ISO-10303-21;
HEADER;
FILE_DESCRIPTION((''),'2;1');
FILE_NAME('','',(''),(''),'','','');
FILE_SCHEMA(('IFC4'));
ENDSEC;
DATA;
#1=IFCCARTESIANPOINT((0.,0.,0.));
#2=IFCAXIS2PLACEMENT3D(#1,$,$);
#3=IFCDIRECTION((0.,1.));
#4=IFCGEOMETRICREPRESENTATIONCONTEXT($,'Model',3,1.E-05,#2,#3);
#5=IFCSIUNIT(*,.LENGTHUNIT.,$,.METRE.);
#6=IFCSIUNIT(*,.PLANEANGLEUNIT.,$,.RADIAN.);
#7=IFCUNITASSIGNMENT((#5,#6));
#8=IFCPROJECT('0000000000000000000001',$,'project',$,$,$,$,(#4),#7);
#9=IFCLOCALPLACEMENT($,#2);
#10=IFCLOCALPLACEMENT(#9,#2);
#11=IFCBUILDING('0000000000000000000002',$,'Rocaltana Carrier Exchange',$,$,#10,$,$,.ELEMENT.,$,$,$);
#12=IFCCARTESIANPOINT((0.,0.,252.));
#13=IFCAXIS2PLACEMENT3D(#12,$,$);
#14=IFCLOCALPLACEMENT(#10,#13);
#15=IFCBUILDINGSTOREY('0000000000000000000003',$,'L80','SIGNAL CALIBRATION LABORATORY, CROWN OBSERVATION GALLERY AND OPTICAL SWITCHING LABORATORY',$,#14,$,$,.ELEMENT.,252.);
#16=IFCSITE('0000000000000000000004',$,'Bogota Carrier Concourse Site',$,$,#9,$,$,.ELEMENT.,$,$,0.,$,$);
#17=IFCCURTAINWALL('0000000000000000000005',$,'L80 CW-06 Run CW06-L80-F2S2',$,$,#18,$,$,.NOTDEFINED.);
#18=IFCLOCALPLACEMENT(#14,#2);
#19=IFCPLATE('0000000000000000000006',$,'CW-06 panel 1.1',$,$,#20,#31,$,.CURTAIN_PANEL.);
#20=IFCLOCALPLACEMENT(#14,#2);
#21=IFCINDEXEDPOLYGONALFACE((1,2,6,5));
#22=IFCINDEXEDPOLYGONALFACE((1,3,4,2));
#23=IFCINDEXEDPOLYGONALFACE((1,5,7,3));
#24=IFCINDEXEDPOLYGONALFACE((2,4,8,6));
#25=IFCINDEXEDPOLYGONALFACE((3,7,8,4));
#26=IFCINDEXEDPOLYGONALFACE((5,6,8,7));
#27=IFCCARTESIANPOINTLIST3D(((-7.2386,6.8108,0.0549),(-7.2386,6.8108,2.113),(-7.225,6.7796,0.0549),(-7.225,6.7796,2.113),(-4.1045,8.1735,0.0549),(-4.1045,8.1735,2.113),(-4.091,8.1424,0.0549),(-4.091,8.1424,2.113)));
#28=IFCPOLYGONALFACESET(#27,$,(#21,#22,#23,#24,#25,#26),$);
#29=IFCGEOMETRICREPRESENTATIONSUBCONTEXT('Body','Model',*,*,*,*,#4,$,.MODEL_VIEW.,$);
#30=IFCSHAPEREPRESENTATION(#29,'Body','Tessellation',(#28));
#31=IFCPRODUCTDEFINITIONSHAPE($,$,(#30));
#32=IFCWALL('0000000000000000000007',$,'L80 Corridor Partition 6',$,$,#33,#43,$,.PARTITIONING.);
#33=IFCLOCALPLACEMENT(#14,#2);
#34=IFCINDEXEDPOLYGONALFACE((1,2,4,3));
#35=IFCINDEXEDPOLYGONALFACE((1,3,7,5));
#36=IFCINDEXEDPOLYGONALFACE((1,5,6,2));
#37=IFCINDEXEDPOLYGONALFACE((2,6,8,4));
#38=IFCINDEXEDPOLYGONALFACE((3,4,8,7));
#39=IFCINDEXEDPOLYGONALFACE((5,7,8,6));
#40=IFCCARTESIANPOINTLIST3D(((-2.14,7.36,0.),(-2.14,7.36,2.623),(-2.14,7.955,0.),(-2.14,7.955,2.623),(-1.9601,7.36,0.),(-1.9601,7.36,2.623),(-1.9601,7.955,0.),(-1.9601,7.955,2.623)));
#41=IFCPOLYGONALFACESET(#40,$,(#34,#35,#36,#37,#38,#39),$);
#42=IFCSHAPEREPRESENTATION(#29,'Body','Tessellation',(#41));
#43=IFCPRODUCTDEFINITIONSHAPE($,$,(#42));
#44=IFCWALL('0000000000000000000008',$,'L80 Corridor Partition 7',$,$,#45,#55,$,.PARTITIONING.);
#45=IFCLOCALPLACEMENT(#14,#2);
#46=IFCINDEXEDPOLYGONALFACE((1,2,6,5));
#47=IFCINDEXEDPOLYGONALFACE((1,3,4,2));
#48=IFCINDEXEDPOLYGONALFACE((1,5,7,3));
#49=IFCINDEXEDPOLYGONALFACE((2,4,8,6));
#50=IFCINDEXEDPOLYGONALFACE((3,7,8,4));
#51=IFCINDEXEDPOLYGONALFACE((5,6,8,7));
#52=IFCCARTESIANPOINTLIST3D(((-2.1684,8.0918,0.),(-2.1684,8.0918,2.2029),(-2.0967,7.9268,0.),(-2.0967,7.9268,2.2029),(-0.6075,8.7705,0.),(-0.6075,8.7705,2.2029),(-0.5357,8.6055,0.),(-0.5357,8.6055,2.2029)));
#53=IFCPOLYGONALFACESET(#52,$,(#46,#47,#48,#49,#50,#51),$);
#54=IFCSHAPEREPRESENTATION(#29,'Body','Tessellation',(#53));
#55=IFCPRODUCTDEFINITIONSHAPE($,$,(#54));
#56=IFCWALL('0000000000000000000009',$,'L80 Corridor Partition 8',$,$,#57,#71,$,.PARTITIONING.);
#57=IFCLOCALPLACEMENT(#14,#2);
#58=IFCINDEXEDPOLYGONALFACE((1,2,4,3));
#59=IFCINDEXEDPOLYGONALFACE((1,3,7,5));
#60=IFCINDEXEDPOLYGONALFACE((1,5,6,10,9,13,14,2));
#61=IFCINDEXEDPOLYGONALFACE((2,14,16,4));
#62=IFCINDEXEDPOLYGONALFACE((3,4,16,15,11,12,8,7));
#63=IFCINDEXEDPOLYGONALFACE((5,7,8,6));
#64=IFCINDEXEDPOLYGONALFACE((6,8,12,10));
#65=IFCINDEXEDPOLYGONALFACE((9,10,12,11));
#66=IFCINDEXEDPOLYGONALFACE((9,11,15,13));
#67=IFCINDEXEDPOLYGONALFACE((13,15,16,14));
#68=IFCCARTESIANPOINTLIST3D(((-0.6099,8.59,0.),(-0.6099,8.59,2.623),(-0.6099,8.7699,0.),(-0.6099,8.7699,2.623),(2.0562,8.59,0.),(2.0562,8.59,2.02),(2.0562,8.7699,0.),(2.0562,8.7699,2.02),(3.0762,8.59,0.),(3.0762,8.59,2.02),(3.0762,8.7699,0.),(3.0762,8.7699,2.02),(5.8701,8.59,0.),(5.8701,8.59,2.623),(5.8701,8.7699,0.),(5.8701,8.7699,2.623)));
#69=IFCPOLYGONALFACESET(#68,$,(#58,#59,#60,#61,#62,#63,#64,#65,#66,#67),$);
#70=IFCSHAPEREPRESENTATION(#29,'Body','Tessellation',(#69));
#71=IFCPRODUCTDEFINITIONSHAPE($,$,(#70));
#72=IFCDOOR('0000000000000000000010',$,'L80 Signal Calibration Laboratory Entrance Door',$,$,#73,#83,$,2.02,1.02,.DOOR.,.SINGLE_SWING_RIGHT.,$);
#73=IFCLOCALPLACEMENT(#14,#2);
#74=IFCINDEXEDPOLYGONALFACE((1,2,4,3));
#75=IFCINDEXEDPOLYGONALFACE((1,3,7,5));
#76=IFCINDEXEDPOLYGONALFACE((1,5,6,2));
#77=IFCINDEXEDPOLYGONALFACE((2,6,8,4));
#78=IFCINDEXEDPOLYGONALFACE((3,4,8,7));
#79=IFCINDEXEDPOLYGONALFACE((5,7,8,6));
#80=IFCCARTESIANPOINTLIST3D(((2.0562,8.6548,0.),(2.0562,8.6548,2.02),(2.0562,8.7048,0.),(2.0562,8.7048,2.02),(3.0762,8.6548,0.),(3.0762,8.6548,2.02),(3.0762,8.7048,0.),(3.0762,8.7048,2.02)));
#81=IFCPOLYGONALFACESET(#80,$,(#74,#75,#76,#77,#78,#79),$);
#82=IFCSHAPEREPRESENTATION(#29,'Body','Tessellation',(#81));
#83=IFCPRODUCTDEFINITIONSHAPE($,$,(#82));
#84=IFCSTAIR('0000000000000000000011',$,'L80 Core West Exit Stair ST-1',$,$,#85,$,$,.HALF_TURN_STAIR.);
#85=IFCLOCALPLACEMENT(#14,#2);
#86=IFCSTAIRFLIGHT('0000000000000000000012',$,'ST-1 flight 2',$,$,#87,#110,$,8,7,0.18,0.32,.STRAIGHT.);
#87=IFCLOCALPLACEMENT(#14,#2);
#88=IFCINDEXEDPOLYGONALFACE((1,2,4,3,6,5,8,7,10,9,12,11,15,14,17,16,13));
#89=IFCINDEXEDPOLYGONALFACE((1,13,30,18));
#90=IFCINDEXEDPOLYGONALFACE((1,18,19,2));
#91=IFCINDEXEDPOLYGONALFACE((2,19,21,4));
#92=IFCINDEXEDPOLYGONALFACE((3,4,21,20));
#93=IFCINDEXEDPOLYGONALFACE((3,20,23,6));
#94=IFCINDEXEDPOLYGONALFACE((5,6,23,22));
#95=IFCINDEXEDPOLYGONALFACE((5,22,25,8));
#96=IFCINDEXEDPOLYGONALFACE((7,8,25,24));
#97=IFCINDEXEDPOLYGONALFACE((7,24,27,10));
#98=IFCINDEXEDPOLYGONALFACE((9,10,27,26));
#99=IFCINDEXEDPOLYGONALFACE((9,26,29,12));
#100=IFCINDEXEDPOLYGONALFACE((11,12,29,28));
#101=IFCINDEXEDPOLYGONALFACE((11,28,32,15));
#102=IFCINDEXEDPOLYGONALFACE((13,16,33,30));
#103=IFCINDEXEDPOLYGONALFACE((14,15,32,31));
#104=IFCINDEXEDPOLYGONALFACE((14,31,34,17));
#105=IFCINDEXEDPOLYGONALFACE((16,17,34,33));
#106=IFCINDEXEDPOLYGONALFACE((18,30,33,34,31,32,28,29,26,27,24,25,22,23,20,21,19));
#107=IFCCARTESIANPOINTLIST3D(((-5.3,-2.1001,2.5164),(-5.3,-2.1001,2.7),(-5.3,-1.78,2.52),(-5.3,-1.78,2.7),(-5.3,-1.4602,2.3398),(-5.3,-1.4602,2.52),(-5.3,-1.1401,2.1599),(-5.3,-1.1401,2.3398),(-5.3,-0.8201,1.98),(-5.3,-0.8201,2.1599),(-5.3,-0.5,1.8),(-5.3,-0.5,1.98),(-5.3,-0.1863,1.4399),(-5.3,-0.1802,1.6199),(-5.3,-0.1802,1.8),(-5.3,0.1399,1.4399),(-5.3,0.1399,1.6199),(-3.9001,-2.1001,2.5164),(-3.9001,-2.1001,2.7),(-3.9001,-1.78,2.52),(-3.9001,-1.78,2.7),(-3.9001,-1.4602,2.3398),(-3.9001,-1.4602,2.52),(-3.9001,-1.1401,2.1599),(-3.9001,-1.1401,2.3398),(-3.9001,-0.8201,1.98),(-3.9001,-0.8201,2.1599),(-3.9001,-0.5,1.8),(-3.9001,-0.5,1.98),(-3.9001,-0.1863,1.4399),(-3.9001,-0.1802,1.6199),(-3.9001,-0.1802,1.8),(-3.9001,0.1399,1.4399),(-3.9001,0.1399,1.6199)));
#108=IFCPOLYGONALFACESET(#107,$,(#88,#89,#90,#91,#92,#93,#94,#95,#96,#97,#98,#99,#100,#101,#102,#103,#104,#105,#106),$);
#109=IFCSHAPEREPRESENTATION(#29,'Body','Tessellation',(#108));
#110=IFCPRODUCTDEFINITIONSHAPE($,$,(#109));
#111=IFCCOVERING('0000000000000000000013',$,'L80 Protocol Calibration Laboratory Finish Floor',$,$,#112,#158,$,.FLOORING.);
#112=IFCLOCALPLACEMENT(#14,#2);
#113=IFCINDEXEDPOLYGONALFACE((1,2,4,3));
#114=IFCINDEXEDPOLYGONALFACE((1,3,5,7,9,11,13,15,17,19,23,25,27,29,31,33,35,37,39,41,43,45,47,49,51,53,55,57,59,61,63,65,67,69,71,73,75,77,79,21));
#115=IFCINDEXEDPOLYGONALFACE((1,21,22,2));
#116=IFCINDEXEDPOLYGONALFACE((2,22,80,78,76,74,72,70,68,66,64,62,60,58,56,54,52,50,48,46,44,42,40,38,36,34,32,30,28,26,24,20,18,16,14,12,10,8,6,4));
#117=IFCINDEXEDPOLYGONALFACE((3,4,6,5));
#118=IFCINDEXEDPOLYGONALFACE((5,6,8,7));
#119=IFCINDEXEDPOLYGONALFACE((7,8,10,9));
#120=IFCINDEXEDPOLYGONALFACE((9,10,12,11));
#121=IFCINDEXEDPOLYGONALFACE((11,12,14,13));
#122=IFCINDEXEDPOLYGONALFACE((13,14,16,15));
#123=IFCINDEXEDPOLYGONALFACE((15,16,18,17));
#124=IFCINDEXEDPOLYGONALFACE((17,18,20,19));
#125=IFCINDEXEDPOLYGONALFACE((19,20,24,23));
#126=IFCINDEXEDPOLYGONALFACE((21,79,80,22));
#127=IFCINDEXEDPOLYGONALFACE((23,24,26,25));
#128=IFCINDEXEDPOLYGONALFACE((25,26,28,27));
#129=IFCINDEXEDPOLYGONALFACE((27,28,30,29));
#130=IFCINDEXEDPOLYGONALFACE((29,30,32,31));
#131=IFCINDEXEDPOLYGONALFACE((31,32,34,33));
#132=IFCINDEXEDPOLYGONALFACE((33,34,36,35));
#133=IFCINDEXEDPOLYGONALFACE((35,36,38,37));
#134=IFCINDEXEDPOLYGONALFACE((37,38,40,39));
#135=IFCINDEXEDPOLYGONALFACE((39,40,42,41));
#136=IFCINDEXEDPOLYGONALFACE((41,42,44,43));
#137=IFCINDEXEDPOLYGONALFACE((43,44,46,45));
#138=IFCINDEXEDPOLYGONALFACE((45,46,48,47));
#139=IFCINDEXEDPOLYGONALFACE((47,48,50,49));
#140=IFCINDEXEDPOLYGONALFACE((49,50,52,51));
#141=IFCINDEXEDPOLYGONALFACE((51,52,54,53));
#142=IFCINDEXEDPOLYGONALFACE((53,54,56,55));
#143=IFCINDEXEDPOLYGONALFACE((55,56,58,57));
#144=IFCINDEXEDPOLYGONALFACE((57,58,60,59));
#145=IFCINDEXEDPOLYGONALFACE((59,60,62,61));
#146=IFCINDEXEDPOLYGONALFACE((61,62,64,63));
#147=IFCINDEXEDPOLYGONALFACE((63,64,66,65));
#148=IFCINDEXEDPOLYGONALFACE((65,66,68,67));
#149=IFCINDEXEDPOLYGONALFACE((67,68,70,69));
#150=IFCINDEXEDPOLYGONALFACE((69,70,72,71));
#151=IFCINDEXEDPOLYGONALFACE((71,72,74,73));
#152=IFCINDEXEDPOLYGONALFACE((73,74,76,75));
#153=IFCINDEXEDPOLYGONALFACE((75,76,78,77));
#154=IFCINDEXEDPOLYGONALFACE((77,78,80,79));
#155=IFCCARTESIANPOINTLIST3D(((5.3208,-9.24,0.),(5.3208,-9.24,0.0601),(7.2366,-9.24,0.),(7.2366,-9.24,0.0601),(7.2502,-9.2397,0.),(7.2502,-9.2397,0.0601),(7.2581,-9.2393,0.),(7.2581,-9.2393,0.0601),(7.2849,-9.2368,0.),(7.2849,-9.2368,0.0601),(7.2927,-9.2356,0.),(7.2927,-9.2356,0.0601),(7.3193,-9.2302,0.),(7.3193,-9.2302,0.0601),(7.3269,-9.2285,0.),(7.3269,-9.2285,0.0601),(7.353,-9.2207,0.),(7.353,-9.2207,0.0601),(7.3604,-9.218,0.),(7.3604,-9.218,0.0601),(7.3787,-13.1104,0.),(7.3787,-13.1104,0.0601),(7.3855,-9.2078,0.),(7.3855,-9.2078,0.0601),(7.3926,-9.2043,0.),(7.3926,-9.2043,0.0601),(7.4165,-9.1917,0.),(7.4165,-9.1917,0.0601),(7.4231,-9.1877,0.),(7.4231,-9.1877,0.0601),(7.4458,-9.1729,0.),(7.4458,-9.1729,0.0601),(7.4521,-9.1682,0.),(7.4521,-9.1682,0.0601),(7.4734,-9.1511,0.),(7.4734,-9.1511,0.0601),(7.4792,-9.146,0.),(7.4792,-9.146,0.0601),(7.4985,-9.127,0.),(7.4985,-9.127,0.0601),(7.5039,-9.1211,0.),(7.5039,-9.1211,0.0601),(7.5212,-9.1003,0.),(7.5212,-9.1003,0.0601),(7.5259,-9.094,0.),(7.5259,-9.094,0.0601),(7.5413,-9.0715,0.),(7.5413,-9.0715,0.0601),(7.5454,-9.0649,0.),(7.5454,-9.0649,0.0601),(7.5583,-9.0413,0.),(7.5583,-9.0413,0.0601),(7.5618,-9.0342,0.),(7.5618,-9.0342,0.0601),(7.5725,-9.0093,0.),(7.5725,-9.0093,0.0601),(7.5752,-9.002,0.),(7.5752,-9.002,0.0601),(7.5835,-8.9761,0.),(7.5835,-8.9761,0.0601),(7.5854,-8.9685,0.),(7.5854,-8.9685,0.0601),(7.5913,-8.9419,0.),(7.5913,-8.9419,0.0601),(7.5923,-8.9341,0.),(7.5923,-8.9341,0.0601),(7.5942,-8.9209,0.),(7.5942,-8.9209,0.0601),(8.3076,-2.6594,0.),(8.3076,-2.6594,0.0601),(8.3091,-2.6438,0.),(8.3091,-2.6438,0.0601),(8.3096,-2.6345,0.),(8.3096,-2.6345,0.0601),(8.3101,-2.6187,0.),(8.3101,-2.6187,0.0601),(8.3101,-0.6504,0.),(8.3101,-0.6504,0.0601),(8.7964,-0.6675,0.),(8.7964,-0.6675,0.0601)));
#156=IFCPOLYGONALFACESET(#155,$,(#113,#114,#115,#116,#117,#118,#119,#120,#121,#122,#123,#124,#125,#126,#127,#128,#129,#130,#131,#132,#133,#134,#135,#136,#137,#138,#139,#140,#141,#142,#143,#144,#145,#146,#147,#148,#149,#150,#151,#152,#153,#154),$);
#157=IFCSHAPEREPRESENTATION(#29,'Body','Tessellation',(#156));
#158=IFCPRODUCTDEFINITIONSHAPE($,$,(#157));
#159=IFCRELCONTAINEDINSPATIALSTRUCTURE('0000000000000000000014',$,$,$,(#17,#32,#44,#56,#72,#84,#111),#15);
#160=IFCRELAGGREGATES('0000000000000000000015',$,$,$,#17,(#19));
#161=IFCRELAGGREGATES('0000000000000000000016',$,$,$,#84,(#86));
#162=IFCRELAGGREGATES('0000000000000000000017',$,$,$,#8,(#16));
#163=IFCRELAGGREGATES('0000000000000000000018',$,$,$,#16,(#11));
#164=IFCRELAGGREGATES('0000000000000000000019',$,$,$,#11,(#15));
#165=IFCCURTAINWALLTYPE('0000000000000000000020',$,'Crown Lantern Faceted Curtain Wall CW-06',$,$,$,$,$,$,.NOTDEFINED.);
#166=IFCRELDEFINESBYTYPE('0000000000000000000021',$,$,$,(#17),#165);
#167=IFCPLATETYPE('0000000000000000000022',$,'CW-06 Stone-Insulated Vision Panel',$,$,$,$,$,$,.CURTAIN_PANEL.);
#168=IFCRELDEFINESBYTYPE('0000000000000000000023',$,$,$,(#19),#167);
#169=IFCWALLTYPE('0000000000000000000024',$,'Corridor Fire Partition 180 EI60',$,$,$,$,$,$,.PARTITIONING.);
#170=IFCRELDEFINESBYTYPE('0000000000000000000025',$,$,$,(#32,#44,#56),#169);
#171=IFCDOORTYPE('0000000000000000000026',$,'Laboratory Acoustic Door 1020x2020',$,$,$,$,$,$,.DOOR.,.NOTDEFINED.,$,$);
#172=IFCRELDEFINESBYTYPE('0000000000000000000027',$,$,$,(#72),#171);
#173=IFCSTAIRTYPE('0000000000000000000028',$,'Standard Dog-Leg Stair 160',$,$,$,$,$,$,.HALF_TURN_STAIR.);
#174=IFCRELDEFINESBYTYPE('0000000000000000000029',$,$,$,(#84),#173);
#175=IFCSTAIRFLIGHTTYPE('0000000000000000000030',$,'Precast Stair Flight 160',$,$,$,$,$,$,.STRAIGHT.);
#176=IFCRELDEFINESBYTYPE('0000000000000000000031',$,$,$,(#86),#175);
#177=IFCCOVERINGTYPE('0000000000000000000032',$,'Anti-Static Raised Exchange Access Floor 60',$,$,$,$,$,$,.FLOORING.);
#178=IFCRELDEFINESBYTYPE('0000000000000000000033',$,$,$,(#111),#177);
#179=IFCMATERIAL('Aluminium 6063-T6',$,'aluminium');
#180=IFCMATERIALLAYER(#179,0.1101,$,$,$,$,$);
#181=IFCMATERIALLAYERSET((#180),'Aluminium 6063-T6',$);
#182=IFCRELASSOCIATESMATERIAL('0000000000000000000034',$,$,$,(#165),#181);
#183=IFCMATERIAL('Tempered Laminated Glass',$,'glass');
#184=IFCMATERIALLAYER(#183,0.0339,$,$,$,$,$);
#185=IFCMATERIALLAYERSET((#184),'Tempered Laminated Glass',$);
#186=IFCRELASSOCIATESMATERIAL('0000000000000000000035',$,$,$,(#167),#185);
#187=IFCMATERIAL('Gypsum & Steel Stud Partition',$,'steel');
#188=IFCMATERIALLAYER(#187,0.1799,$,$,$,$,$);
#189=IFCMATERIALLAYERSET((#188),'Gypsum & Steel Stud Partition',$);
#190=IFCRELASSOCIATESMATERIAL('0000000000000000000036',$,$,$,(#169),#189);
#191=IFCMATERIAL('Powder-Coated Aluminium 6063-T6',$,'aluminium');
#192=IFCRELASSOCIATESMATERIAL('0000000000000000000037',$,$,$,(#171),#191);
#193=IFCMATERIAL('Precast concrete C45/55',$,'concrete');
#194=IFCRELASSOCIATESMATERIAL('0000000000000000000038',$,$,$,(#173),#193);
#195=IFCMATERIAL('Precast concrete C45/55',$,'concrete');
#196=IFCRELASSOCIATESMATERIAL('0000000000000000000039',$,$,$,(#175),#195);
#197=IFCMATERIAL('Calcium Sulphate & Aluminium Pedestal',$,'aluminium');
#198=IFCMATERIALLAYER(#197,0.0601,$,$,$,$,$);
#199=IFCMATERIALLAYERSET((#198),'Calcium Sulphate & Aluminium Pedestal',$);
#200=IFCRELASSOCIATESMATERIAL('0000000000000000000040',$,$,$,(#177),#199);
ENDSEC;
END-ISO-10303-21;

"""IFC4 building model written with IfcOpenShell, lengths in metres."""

from ifc_helpers import new_model, si_unit, direction, frame, frame_2d, origin, origin_2d, place, context, subcontext, project, spatial, polyline, rectangle, outline, extrude, material, layer, layer_set, type_object, element, fill, aggregate, save


model = new_model("IFC4")

# Units and contexts
model_context = context("Model", 3, precision=1e-05, world=origin(), true_north=direction((0.0, 1.0)))
body_context = subcontext(model_context, "Body", "Model", "MODEL_VIEW")
ifc_project = project(units=[si_unit("LENGTHUNIT", "METRE"), si_unit("PLANEANGLEUNIT", "RADIAN")], contexts=[model_context])

# Site, building, storey
site_placement = place(None, origin())
site = spatial("IfcSite", under=ifc_project, at=site_placement, Name="Bogota Carrier Concourse Site", CompositionType="ELEMENT", RefElevation=0.0)
building_placement = place(site_placement, origin())
building = spatial("IfcBuilding", under=site, at=building_placement, Name="Rocaltana Carrier Exchange", CompositionType="ELEMENT")
storey_placement = place(building_placement, frame((0.0, 0.0, 252.0)))
storey = spatial("IfcBuildingStorey", under=building, at=storey_placement, Name="L80", Description="SIGNAL CALIBRATION LABORATORY, CROWN OBSERVATION GALLERY AND OPTICAL SWITCHING LABORATORY", CompositionType="ELEMENT", Elevation=252.0)

# Shared definitions
ifc_material_1 = material(Name="Aluminium 6063-T6", Category="aluminium")
ifc_layer_1 = layer(ifc_material_1, 0.1101)
ifc_layer_set_1 = layer_set([ifc_layer_1], Name="Aluminium 6063-T6")
curtain_wall_type = type_object("IfcCurtainWallType", Name="Crown Lantern Faceted Curtain Wall CW-06", PredefinedType="NOTDEFINED", material=ifc_layer_set_1)

# Curtain wall
curtain_wall_1_placement = place(storey_placement, origin())
curtain_wall_1 = element("IfcCurtainWall", 1, at=curtain_wall_1_placement, inside=storey, type_object=curtain_wall_type, Name="L80 CW-06 Run CW06-L80-F2S2", PredefinedType="NOTDEFINED")

# Plate
ifc_material_2 = material(Name="Tempered Laminated Glass", Category="glass")
ifc_layer_2 = layer(ifc_material_2, 0.0339)
ifc_layer_set_2 = layer_set([ifc_layer_2], Name="Tempered Laminated Glass")
plate_type = type_object("IfcPlateType", Name="CW-06 Stone-Insulated Vision Panel", PredefinedType="CURTAIN_PANEL", material=ifc_layer_set_2)
plate_1_placement = place(storey_placement, frame((-5.6648, 7.4766, 0.0549), z_axis=(0.0, 0.0, 1.0), x_axis=(-0.91706, -0.398748, 0.0)))
plate_1 = element("IfcPlate", 2, at=plate_1_placement, type_object=plate_type, Name="CW-06 panel 1.1", PredefinedType="CURTAIN_PANEL", context=body_context, shape_type="SweptSolid", body=[
    extrude(rectangle(XDim=3.4175, YDim=0.0339, at=origin_2d()), origin(), (0.0, 0.0, 1.0), 2.0581),
])
aggregate(curtain_wall_1, [plate_1])

# Walls
ifc_material_3 = material(Name="Gypsum & Steel Stud Partition", Category="steel")
ifc_layer_3 = layer(ifc_material_3, 0.1799)
ifc_layer_set_3 = layer_set([ifc_layer_3], Name="Gypsum & Steel Stud Partition")
wall_type = type_object("IfcWallType", Name="Corridor Fire Partition 180 EI60", PredefinedType="PARTITIONING", material=ifc_layer_set_3)
wall_1_placement = place(storey_placement, frame((-2.05, 7.3601, 0.0), z_axis=(0.0, 0.0, 1.0), x_axis=(0.0, 1.0, 0.0)))
element("IfcWall", 3, at=wall_1_placement, inside=storey, type_object=wall_type, Name="L80 Corridor Partition 6", PredefinedType="PARTITIONING", context=body_context, shape_type="SweptSolid", body=[
    extrude(rectangle(XDim=0.595, YDim=0.1799, at=frame_2d((0.2974, 0.0))), origin(), (0.0, 0.0, 1.0), 2.623),
])
wall_2_placement = place(storey_placement, frame((-2.1326, 8.0093, 0.0), z_axis=(0.0, 0.0, 1.0), x_axis=(0.91707, 0.398726, 0.0)))
element("IfcWall", 4, at=wall_2_placement, inside=storey, type_object=wall_type, Name="L80 Corridor Partition 7", PredefinedType="PARTITIONING", context=body_context, shape_type="SweptSolid", body=[
    extrude(rectangle(XDim=1.7021, YDim=0.1799, at=frame_2d((0.8511, 0.0))), origin(), (0.0, 0.0, 1.0), 2.2029),
])

# Wall, opening, door
wall_3_placement = place(storey_placement, frame((-0.6099, 8.6799, 0.0), z_axis=(0.0, 0.0, 1.0), x_axis=(1.0, 0.0, 0.0)))
wall_3 = element("IfcWall", 5, at=wall_3_placement, inside=storey, type_object=wall_type, Name="L80 Corridor Partition 8", PredefinedType="PARTITIONING", context=body_context, shape_type="SweptSolid", body=[
    extrude(rectangle(XDim=6.48, YDim=0.1799, at=frame_2d((3.24, 0.0))), origin(), (0.0, 0.0, 1.0), 2.623),
])
opening_placement = place(wall_3_placement, frame((2.666, 0.0, 0.0)))
opening = element("IfcOpeningElement", 6, at=opening_placement, cuts=wall_3, PredefinedType="OPENING", context=body_context, shape_type="SweptSolid", body=[
    extrude(rectangle(XDim=1.02, YDim=2.02, at=frame_2d((0.51, 1.01))), frame((0.0, 0.0999, 0.0), z_axis=(0.0, -1.0, 0.0), x_axis=(1.0, 0.0, 0.0)), (0.0, 0.0, 1.0), 0.2),
])
ifc_material_4 = material(Name="Powder-Coated Aluminium 6063-T6", Category="aluminium")
door_type = type_object("IfcDoorType", Name="Laboratory Acoustic Door 1020x2020", OperationType="NOTDEFINED", PredefinedType="DOOR", material=ifc_material_4)
door_placement = place(opening_placement, origin())
door = element("IfcDoor", 7, at=door_placement, inside=storey, type_object=door_type, Name="L80 Signal Calibration Laboratory Entrance Door", OperationType="SINGLE_SWING_RIGHT", OverallHeight=2.02, OverallWidth=1.02, PredefinedType="DOOR", context=body_context, shape_type="SweptSolid", body=[
    extrude(rectangle(XDim=1.02, YDim=2.02, at=frame_2d((0.51, 1.01))), frame((0.0, 0.0249, 0.0), z_axis=(0.0, -1.0, 0.0), x_axis=(1.0, 0.0, 0.0)), (0.0, 0.0, 1.0), 0.05),
])
fill(opening, door)

# Stair, stair flight
ifc_material_5 = material(Name="Precast concrete C45/55", Category="concrete")
stair_type = type_object("IfcStairType", Name="Standard Dog-Leg Stair 160", PredefinedType="HALF_TURN_STAIR", material=ifc_material_5)
stair_placement = place(storey_placement, origin())
stair = element("IfcStair", 8, at=stair_placement, inside=storey, type_object=stair_type, Name="L80 Core West Exit Stair ST-1", PredefinedType="HALF_TURN_STAIR")
ifc_material_6 = material(Name="Precast concrete C45/55", Category="concrete")
stair_flight_type = type_object("IfcStairFlightType", Name="Precast Stair Flight 160", PredefinedType="STRAIGHT", material=ifc_material_6)
stair_flight_placement = place(storey_placement, frame((-4.6001, 0.1399, 1.4399), z_axis=(0.0, 0.0, 1.0), x_axis=(0.0, -1.0, 0.0)))
stair_flight = element("IfcStairFlight", 9, at=stair_flight_placement, type_object=stair_flight_type, Name="ST-1 flight 2", NumberOfRisers=8, NumberOfTreads=7, PredefinedType="STRAIGHT", RiserHeight=0.18, TreadLength=0.32, context=body_context, shape_type="SweptSolid", body=[
    extrude(outline(polyline([(0.0, 0.0), (0.0, 0.1799), (0.3201, 0.1799), (0.3201, 0.3601), (0.6399, 0.3601), (0.6399, 0.54), (0.96, 0.54), (0.96, 0.72), (1.28, 0.72), (1.28, 0.8999), (1.6001, 0.8999), (1.6001, 1.0801), (1.9199, 1.0801), (1.9199, 1.26), (2.24, 1.26), (2.24, 1.4399), (2.24, 1.0764), (0.3262, 0.0), (0.0, 0.0)])), frame((0.0, 0.7, 0.0), z_axis=(0.0, -1.0, 0.0), x_axis=(1.0, 0.0, 0.0)), (0.0, 0.0, 1.0), 1.3999),
])
aggregate(stair, [stair_flight])

# Covering
ifc_material_7 = material(Name="Calcium Sulphate & Aluminium Pedestal", Category="aluminium")
ifc_layer_4 = layer(ifc_material_7, 0.0601)
ifc_layer_set_4 = layer_set([ifc_layer_4], Name="Calcium Sulphate & Aluminium Pedestal")
covering_type_1 = type_object("IfcCoveringType", Name="Anti-Static Raised Exchange Access Floor 60", PredefinedType="FLOORING", material=ifc_layer_set_4)
covering_1_placement = place(storey_placement, origin())
element("IfcCovering", 10, at=covering_1_placement, inside=storey, type_object=covering_type_1, Name="L80 Protocol Calibration Laboratory Finish Floor", PredefinedType="FLOORING", context=body_context, shape_type="SweptSolid", body=[
    extrude(outline(polyline([(7.3787, -13.1104), (5.3208, -9.24), (7.2366, -9.24), (7.2502, -9.2397), (7.2581, -9.2393), (7.2849, -9.2368), (7.2927, -9.2356), (7.3193, -9.2302), (7.3269, -9.2285), (7.353, -9.2207), (7.3604, -9.218), (7.3855, -9.2078), (7.3926, -9.2043), (7.4165, -9.1917), (7.4231, -9.1877), (7.4458, -9.1729), (7.4521, -9.1682), (7.4734, -9.1511), (7.4792, -9.146), (7.4985, -9.127), (7.5039, -9.1211), (7.5212, -9.1003), (7.5259, -9.094), (7.5413, -9.0715), (7.5454, -9.0649), (7.5583, -9.0413), (7.5618, -9.0342), (7.5725, -9.0093), (7.5752, -9.002), (7.5835, -8.9761), (7.5854, -8.9685), (7.5913, -8.9419), (7.5923, -8.9341), (7.5942, -8.9209), (8.3076, -2.6594), (8.3091, -2.6438), (8.3096, -2.6345), (8.3101, -2.6187), (8.3101, -0.6504), (8.7964, -0.6675), (7.3787, -13.1104)])), origin(), (0.0, 0.0, 1.0), 0.0601),
])

save(model, "model.ifc")
